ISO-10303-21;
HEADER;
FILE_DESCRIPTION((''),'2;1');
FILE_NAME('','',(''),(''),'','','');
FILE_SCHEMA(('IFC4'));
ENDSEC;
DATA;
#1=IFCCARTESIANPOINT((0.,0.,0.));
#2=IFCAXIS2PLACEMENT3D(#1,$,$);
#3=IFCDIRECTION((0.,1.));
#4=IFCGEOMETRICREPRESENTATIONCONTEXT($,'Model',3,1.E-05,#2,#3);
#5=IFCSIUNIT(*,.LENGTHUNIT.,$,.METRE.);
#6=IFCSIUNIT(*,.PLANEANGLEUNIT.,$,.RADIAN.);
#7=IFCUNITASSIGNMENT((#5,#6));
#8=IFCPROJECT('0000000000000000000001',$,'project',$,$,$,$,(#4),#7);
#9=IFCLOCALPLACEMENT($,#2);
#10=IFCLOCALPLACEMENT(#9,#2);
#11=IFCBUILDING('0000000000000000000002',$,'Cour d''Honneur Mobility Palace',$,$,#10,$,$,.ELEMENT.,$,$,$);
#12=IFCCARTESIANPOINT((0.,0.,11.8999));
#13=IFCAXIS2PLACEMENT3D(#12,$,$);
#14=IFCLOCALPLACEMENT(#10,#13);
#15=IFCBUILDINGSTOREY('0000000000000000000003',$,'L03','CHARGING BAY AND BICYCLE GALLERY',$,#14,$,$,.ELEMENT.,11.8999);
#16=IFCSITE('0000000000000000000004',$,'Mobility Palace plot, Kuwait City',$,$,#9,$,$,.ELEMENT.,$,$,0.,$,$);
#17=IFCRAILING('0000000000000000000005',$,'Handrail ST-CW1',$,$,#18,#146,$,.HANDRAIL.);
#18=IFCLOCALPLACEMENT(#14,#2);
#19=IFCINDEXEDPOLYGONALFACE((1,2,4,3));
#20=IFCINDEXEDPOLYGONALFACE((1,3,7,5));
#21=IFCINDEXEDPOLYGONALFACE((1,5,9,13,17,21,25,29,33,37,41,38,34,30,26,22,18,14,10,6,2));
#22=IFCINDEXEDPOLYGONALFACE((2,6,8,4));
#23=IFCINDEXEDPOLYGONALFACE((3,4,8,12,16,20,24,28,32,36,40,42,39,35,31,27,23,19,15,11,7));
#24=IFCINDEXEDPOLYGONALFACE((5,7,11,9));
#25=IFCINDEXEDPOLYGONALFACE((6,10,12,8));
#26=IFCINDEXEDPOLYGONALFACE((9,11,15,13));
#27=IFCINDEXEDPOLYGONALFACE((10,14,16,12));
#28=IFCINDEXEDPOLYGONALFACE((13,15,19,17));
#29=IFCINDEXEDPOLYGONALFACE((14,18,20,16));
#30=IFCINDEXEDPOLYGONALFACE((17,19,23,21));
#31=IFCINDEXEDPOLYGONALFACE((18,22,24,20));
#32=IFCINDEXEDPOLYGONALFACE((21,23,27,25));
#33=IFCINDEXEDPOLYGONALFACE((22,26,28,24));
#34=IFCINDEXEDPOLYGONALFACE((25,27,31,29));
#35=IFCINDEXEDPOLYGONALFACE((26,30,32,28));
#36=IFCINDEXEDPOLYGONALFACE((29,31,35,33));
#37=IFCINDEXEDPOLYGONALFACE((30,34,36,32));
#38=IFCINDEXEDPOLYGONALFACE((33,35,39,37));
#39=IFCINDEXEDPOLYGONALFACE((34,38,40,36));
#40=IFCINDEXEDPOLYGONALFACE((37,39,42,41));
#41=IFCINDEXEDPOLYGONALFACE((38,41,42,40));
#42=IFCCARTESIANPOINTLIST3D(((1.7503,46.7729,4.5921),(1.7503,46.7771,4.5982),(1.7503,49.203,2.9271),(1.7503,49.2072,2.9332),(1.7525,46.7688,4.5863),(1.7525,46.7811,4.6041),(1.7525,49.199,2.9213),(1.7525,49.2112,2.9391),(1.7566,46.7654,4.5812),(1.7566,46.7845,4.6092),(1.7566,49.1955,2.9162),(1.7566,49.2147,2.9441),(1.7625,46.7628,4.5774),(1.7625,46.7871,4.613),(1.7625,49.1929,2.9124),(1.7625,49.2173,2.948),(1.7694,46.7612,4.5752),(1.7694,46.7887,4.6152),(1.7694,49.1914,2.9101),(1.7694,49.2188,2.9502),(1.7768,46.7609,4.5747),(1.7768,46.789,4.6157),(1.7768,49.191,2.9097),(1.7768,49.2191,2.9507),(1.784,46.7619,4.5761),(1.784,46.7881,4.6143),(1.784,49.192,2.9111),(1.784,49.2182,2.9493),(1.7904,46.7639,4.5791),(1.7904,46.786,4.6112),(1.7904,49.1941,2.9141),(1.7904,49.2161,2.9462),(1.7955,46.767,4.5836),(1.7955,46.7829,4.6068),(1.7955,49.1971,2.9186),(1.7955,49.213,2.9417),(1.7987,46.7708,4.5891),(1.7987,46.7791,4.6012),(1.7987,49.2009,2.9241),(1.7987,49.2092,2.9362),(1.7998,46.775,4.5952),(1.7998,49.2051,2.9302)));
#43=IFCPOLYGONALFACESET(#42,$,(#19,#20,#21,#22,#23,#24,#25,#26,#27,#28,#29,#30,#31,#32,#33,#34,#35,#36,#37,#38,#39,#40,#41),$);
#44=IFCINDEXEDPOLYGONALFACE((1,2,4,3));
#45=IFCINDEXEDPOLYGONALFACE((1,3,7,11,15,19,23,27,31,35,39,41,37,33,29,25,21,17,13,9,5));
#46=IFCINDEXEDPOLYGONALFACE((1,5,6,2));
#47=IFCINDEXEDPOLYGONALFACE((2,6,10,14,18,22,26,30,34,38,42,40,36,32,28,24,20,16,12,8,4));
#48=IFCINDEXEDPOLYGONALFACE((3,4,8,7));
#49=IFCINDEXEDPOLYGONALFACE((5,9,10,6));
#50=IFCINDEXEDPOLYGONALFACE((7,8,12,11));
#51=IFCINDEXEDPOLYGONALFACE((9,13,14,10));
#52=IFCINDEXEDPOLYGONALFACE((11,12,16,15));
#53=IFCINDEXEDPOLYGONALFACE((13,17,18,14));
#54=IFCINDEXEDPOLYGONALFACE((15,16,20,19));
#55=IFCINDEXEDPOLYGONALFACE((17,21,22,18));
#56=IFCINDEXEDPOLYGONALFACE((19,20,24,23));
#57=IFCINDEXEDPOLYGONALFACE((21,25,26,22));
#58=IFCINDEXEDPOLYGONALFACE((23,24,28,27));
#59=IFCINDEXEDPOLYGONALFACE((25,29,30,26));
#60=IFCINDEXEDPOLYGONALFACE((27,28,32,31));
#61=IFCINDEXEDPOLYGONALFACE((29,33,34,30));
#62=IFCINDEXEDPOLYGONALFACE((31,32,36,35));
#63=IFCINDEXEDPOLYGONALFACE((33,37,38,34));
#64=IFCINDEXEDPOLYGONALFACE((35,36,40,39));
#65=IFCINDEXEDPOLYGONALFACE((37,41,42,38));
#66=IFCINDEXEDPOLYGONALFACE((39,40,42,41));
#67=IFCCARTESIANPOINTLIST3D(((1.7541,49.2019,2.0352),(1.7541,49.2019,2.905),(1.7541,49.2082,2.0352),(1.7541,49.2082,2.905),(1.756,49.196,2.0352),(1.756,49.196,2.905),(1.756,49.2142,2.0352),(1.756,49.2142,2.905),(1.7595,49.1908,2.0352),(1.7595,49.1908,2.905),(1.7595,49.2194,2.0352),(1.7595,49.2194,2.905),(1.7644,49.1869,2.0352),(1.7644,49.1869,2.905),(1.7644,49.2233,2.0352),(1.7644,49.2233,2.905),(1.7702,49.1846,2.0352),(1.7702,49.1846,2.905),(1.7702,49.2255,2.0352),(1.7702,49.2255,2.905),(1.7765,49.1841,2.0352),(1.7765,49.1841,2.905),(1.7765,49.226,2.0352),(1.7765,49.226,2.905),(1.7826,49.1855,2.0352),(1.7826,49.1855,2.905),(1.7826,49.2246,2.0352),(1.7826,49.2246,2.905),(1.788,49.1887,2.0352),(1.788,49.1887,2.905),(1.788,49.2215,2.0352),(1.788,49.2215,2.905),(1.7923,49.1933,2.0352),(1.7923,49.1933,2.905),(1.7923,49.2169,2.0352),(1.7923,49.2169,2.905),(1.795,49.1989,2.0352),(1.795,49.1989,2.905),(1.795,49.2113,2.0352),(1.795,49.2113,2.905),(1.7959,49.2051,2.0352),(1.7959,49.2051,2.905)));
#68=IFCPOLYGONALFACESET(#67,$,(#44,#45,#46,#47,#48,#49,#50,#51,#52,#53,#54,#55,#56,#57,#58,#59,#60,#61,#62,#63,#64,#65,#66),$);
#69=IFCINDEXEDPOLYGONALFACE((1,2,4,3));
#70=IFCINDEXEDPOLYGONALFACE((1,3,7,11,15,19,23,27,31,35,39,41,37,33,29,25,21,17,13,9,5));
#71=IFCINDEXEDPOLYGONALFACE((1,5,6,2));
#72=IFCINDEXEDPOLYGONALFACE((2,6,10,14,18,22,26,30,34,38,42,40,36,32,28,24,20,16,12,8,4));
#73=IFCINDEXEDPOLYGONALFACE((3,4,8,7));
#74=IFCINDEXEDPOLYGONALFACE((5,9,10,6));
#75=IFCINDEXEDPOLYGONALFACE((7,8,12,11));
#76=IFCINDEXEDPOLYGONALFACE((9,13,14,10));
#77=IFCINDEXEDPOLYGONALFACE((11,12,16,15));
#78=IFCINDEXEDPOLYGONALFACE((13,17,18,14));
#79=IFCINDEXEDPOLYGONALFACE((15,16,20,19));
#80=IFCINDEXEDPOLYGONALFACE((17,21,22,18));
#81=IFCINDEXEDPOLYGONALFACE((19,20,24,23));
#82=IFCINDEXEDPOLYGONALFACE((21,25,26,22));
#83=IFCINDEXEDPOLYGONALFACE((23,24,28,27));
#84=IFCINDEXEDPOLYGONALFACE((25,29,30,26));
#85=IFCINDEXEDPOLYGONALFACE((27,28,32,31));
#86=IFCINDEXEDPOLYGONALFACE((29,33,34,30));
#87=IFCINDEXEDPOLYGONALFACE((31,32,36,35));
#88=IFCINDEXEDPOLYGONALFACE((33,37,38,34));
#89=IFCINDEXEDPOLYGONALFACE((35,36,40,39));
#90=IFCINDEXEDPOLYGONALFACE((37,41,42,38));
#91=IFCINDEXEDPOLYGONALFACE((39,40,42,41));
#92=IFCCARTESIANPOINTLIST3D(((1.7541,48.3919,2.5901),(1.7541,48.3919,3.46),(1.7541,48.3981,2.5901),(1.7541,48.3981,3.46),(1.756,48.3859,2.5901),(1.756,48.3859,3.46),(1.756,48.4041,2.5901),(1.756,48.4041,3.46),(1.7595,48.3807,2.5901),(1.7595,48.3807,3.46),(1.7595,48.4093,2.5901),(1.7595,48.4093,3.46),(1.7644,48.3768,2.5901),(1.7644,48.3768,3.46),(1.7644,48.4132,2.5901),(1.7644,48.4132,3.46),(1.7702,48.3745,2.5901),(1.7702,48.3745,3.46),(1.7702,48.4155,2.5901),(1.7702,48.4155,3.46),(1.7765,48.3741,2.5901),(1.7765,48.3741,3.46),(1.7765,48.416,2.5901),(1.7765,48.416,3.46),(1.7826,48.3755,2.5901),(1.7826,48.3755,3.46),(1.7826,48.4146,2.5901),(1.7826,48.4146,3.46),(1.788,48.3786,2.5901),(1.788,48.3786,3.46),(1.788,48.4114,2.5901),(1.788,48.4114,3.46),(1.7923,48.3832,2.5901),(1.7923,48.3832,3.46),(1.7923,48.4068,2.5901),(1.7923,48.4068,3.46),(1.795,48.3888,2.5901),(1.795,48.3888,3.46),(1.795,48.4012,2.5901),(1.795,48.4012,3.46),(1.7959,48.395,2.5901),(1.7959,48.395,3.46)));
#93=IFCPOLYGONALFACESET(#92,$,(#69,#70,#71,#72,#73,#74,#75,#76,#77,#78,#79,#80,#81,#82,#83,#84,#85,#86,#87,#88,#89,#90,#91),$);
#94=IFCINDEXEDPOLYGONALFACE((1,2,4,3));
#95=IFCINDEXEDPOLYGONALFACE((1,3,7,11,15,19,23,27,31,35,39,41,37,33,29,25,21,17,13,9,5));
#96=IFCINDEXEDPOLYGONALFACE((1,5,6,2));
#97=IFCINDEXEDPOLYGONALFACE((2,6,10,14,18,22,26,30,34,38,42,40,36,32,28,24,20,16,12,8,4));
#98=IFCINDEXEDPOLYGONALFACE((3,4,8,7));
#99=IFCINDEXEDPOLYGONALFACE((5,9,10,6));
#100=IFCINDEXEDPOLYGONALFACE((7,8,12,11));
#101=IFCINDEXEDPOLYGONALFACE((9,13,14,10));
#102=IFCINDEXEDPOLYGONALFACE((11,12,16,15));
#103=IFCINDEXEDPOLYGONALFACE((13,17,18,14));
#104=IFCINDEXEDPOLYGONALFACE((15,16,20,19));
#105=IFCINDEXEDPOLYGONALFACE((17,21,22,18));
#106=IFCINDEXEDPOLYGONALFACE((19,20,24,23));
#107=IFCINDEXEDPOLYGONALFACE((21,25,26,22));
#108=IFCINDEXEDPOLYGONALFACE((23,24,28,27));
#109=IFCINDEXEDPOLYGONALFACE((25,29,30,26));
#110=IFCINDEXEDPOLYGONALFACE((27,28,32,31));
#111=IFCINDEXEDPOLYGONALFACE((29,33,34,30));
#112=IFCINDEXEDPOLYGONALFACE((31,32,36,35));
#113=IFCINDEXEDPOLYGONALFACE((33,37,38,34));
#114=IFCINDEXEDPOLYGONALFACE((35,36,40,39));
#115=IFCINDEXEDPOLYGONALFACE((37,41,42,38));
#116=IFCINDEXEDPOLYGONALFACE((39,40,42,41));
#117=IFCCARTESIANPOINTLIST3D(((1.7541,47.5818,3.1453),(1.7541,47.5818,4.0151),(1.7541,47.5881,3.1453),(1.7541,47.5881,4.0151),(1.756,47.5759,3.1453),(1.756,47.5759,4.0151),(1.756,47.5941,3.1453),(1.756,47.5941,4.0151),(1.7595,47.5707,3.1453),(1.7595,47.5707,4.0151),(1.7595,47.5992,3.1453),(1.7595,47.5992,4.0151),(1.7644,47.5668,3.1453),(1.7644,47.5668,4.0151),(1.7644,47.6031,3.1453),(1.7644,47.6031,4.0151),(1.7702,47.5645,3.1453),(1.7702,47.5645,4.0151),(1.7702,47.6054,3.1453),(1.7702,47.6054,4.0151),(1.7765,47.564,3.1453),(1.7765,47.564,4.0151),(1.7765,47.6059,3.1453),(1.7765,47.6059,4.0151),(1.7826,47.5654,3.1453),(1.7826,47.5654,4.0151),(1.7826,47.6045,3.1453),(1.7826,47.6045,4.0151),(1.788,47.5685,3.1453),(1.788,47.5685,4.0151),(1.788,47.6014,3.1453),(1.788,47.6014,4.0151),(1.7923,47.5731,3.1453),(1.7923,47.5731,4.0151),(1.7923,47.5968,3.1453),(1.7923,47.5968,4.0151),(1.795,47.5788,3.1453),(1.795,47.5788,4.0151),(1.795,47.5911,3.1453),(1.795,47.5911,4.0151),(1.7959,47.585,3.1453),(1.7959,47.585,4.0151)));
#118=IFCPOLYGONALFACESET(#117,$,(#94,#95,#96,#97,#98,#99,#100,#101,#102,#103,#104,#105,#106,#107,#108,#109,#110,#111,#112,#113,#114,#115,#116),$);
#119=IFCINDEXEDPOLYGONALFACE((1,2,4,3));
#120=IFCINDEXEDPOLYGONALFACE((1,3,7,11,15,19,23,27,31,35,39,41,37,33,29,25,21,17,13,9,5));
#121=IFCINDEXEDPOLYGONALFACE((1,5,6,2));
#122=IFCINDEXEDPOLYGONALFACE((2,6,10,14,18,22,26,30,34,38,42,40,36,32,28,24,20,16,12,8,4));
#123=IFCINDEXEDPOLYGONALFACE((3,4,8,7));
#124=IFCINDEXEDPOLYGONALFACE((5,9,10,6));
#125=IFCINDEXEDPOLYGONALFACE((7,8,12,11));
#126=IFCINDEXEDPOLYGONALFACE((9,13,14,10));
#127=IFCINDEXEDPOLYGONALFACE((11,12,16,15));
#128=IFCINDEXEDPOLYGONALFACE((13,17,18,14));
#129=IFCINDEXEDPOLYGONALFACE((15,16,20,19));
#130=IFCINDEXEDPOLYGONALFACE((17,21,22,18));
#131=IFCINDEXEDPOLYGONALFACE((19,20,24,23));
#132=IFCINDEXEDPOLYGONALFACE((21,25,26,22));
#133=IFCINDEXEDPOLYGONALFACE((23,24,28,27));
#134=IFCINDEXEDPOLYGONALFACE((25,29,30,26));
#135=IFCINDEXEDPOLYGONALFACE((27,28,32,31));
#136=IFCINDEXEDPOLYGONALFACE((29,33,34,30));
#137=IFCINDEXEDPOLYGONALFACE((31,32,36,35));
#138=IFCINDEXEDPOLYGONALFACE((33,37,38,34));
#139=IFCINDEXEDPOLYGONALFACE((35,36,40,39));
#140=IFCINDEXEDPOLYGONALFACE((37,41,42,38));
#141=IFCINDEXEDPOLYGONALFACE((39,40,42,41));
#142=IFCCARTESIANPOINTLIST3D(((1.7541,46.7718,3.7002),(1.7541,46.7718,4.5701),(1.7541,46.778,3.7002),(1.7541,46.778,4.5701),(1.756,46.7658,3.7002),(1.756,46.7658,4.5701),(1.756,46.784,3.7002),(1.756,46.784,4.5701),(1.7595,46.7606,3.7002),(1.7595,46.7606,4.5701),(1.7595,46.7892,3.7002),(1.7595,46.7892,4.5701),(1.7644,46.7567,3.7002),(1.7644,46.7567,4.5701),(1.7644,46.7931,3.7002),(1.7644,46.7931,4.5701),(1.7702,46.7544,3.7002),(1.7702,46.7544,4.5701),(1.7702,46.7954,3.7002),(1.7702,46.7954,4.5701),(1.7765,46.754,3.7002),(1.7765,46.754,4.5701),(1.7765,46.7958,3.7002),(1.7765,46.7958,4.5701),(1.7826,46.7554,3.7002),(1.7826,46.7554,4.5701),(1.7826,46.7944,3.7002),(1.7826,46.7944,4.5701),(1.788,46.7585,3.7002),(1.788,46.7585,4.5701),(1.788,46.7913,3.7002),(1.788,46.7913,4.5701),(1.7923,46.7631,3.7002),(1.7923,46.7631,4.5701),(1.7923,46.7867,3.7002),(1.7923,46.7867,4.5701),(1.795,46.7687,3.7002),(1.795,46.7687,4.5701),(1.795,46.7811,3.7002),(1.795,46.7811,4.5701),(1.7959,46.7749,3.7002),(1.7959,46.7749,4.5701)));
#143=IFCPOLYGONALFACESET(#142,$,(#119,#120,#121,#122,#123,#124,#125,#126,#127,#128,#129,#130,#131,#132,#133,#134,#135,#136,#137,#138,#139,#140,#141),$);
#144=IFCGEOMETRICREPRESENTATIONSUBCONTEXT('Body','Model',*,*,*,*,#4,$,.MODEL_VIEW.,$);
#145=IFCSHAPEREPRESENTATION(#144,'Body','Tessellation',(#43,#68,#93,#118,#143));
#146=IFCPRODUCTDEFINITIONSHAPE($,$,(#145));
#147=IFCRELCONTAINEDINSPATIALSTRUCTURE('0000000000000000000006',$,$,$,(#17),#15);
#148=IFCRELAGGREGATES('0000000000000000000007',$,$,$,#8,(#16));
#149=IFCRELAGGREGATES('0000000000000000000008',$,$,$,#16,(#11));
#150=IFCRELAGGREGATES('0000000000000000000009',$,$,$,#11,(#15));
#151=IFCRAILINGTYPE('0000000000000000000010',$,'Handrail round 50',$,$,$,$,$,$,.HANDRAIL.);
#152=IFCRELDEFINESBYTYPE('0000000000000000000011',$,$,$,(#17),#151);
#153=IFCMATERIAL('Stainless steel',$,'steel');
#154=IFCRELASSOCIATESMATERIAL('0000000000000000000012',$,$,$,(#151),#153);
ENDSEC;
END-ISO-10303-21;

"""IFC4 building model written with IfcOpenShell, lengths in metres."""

from ifc_helpers import new_model, si_unit, direction, frame, origin, origin_2d, place, context, subcontext, project, spatial, circle, extrude, material, type_object, element, save


model = new_model("IFC4")

# Units and contexts
model_context = context("Model", 3, precision=1e-05, world=origin(), true_north=direction((0.0, 1.0)))
body_context = subcontext(model_context, "Body", "Model", "MODEL_VIEW")
ifc_project = project(units=[si_unit("LENGTHUNIT", "METRE"), si_unit("PLANEANGLEUNIT", "RADIAN")], contexts=[model_context])

# Site, building, storey
site_placement = place(None, origin())
site = spatial("IfcSite", under=ifc_project, at=site_placement, Name="Mobility Palace plot, Kuwait City", CompositionType="ELEMENT", RefElevation=0.0)
building_placement = place(site_placement, origin())
building = spatial("IfcBuilding", under=site, at=building_placement, Name="Cour d'Honneur Mobility Palace", CompositionType="ELEMENT")
storey_placement = place(building_placement, frame((0.0, 0.0, 11.8999)))
storey = spatial("IfcBuildingStorey", under=building, at=storey_placement, Name="L03", Description="CHARGING BAY AND BICYCLE GALLERY", CompositionType="ELEMENT", Elevation=11.8999)

# Railing
ifc_material_1 = material(Name="Stainless steel", Category="steel")
railing_type_1 = type_object("IfcRailingType", Name="Handrail round 50", PredefinedType="HANDRAIL", material=ifc_material_1)
railing_1_placement = place(storey_placement, frame((1.7749, 49.2051, 2.0352)))
element("IfcRailing", 1, at=railing_1_placement, inside=storey, type_object=railing_type_1, Name="Handrail ST-CW1", PredefinedType="HANDRAIL", context=body_context, shape_type="SweptSolid", body=[
    extrude(circle(Radius=0.0249, at=origin_2d()), frame((0.0, 0.0, 0.895), z_axis=(0.0, -0.824945, 0.565213), x_axis=(1.0, 0.0, 0.0)), (0.0, 0.0, 1.0), 2.9458),
    extrude(circle(Radius=0.021, at=origin_2d()), origin(), (0.0, 0.0, 1.0), 0.8699),
    extrude(circle(Radius=0.021, at=origin_2d()), frame((0.0, -0.8101, 0.5549)), (0.0, 0.0, 1.0), 0.8699),
    extrude(circle(Radius=0.021, at=origin_2d()), frame((0.0, -1.6201, 1.1101)), (0.0, 0.0, 1.0), 0.8699),
    extrude(circle(Radius=0.021, at=origin_2d()), frame((0.0, -2.4302, 1.665)), (0.0, 0.0, 1.0), 0.8699),
])

save(model, "model.ifc")
